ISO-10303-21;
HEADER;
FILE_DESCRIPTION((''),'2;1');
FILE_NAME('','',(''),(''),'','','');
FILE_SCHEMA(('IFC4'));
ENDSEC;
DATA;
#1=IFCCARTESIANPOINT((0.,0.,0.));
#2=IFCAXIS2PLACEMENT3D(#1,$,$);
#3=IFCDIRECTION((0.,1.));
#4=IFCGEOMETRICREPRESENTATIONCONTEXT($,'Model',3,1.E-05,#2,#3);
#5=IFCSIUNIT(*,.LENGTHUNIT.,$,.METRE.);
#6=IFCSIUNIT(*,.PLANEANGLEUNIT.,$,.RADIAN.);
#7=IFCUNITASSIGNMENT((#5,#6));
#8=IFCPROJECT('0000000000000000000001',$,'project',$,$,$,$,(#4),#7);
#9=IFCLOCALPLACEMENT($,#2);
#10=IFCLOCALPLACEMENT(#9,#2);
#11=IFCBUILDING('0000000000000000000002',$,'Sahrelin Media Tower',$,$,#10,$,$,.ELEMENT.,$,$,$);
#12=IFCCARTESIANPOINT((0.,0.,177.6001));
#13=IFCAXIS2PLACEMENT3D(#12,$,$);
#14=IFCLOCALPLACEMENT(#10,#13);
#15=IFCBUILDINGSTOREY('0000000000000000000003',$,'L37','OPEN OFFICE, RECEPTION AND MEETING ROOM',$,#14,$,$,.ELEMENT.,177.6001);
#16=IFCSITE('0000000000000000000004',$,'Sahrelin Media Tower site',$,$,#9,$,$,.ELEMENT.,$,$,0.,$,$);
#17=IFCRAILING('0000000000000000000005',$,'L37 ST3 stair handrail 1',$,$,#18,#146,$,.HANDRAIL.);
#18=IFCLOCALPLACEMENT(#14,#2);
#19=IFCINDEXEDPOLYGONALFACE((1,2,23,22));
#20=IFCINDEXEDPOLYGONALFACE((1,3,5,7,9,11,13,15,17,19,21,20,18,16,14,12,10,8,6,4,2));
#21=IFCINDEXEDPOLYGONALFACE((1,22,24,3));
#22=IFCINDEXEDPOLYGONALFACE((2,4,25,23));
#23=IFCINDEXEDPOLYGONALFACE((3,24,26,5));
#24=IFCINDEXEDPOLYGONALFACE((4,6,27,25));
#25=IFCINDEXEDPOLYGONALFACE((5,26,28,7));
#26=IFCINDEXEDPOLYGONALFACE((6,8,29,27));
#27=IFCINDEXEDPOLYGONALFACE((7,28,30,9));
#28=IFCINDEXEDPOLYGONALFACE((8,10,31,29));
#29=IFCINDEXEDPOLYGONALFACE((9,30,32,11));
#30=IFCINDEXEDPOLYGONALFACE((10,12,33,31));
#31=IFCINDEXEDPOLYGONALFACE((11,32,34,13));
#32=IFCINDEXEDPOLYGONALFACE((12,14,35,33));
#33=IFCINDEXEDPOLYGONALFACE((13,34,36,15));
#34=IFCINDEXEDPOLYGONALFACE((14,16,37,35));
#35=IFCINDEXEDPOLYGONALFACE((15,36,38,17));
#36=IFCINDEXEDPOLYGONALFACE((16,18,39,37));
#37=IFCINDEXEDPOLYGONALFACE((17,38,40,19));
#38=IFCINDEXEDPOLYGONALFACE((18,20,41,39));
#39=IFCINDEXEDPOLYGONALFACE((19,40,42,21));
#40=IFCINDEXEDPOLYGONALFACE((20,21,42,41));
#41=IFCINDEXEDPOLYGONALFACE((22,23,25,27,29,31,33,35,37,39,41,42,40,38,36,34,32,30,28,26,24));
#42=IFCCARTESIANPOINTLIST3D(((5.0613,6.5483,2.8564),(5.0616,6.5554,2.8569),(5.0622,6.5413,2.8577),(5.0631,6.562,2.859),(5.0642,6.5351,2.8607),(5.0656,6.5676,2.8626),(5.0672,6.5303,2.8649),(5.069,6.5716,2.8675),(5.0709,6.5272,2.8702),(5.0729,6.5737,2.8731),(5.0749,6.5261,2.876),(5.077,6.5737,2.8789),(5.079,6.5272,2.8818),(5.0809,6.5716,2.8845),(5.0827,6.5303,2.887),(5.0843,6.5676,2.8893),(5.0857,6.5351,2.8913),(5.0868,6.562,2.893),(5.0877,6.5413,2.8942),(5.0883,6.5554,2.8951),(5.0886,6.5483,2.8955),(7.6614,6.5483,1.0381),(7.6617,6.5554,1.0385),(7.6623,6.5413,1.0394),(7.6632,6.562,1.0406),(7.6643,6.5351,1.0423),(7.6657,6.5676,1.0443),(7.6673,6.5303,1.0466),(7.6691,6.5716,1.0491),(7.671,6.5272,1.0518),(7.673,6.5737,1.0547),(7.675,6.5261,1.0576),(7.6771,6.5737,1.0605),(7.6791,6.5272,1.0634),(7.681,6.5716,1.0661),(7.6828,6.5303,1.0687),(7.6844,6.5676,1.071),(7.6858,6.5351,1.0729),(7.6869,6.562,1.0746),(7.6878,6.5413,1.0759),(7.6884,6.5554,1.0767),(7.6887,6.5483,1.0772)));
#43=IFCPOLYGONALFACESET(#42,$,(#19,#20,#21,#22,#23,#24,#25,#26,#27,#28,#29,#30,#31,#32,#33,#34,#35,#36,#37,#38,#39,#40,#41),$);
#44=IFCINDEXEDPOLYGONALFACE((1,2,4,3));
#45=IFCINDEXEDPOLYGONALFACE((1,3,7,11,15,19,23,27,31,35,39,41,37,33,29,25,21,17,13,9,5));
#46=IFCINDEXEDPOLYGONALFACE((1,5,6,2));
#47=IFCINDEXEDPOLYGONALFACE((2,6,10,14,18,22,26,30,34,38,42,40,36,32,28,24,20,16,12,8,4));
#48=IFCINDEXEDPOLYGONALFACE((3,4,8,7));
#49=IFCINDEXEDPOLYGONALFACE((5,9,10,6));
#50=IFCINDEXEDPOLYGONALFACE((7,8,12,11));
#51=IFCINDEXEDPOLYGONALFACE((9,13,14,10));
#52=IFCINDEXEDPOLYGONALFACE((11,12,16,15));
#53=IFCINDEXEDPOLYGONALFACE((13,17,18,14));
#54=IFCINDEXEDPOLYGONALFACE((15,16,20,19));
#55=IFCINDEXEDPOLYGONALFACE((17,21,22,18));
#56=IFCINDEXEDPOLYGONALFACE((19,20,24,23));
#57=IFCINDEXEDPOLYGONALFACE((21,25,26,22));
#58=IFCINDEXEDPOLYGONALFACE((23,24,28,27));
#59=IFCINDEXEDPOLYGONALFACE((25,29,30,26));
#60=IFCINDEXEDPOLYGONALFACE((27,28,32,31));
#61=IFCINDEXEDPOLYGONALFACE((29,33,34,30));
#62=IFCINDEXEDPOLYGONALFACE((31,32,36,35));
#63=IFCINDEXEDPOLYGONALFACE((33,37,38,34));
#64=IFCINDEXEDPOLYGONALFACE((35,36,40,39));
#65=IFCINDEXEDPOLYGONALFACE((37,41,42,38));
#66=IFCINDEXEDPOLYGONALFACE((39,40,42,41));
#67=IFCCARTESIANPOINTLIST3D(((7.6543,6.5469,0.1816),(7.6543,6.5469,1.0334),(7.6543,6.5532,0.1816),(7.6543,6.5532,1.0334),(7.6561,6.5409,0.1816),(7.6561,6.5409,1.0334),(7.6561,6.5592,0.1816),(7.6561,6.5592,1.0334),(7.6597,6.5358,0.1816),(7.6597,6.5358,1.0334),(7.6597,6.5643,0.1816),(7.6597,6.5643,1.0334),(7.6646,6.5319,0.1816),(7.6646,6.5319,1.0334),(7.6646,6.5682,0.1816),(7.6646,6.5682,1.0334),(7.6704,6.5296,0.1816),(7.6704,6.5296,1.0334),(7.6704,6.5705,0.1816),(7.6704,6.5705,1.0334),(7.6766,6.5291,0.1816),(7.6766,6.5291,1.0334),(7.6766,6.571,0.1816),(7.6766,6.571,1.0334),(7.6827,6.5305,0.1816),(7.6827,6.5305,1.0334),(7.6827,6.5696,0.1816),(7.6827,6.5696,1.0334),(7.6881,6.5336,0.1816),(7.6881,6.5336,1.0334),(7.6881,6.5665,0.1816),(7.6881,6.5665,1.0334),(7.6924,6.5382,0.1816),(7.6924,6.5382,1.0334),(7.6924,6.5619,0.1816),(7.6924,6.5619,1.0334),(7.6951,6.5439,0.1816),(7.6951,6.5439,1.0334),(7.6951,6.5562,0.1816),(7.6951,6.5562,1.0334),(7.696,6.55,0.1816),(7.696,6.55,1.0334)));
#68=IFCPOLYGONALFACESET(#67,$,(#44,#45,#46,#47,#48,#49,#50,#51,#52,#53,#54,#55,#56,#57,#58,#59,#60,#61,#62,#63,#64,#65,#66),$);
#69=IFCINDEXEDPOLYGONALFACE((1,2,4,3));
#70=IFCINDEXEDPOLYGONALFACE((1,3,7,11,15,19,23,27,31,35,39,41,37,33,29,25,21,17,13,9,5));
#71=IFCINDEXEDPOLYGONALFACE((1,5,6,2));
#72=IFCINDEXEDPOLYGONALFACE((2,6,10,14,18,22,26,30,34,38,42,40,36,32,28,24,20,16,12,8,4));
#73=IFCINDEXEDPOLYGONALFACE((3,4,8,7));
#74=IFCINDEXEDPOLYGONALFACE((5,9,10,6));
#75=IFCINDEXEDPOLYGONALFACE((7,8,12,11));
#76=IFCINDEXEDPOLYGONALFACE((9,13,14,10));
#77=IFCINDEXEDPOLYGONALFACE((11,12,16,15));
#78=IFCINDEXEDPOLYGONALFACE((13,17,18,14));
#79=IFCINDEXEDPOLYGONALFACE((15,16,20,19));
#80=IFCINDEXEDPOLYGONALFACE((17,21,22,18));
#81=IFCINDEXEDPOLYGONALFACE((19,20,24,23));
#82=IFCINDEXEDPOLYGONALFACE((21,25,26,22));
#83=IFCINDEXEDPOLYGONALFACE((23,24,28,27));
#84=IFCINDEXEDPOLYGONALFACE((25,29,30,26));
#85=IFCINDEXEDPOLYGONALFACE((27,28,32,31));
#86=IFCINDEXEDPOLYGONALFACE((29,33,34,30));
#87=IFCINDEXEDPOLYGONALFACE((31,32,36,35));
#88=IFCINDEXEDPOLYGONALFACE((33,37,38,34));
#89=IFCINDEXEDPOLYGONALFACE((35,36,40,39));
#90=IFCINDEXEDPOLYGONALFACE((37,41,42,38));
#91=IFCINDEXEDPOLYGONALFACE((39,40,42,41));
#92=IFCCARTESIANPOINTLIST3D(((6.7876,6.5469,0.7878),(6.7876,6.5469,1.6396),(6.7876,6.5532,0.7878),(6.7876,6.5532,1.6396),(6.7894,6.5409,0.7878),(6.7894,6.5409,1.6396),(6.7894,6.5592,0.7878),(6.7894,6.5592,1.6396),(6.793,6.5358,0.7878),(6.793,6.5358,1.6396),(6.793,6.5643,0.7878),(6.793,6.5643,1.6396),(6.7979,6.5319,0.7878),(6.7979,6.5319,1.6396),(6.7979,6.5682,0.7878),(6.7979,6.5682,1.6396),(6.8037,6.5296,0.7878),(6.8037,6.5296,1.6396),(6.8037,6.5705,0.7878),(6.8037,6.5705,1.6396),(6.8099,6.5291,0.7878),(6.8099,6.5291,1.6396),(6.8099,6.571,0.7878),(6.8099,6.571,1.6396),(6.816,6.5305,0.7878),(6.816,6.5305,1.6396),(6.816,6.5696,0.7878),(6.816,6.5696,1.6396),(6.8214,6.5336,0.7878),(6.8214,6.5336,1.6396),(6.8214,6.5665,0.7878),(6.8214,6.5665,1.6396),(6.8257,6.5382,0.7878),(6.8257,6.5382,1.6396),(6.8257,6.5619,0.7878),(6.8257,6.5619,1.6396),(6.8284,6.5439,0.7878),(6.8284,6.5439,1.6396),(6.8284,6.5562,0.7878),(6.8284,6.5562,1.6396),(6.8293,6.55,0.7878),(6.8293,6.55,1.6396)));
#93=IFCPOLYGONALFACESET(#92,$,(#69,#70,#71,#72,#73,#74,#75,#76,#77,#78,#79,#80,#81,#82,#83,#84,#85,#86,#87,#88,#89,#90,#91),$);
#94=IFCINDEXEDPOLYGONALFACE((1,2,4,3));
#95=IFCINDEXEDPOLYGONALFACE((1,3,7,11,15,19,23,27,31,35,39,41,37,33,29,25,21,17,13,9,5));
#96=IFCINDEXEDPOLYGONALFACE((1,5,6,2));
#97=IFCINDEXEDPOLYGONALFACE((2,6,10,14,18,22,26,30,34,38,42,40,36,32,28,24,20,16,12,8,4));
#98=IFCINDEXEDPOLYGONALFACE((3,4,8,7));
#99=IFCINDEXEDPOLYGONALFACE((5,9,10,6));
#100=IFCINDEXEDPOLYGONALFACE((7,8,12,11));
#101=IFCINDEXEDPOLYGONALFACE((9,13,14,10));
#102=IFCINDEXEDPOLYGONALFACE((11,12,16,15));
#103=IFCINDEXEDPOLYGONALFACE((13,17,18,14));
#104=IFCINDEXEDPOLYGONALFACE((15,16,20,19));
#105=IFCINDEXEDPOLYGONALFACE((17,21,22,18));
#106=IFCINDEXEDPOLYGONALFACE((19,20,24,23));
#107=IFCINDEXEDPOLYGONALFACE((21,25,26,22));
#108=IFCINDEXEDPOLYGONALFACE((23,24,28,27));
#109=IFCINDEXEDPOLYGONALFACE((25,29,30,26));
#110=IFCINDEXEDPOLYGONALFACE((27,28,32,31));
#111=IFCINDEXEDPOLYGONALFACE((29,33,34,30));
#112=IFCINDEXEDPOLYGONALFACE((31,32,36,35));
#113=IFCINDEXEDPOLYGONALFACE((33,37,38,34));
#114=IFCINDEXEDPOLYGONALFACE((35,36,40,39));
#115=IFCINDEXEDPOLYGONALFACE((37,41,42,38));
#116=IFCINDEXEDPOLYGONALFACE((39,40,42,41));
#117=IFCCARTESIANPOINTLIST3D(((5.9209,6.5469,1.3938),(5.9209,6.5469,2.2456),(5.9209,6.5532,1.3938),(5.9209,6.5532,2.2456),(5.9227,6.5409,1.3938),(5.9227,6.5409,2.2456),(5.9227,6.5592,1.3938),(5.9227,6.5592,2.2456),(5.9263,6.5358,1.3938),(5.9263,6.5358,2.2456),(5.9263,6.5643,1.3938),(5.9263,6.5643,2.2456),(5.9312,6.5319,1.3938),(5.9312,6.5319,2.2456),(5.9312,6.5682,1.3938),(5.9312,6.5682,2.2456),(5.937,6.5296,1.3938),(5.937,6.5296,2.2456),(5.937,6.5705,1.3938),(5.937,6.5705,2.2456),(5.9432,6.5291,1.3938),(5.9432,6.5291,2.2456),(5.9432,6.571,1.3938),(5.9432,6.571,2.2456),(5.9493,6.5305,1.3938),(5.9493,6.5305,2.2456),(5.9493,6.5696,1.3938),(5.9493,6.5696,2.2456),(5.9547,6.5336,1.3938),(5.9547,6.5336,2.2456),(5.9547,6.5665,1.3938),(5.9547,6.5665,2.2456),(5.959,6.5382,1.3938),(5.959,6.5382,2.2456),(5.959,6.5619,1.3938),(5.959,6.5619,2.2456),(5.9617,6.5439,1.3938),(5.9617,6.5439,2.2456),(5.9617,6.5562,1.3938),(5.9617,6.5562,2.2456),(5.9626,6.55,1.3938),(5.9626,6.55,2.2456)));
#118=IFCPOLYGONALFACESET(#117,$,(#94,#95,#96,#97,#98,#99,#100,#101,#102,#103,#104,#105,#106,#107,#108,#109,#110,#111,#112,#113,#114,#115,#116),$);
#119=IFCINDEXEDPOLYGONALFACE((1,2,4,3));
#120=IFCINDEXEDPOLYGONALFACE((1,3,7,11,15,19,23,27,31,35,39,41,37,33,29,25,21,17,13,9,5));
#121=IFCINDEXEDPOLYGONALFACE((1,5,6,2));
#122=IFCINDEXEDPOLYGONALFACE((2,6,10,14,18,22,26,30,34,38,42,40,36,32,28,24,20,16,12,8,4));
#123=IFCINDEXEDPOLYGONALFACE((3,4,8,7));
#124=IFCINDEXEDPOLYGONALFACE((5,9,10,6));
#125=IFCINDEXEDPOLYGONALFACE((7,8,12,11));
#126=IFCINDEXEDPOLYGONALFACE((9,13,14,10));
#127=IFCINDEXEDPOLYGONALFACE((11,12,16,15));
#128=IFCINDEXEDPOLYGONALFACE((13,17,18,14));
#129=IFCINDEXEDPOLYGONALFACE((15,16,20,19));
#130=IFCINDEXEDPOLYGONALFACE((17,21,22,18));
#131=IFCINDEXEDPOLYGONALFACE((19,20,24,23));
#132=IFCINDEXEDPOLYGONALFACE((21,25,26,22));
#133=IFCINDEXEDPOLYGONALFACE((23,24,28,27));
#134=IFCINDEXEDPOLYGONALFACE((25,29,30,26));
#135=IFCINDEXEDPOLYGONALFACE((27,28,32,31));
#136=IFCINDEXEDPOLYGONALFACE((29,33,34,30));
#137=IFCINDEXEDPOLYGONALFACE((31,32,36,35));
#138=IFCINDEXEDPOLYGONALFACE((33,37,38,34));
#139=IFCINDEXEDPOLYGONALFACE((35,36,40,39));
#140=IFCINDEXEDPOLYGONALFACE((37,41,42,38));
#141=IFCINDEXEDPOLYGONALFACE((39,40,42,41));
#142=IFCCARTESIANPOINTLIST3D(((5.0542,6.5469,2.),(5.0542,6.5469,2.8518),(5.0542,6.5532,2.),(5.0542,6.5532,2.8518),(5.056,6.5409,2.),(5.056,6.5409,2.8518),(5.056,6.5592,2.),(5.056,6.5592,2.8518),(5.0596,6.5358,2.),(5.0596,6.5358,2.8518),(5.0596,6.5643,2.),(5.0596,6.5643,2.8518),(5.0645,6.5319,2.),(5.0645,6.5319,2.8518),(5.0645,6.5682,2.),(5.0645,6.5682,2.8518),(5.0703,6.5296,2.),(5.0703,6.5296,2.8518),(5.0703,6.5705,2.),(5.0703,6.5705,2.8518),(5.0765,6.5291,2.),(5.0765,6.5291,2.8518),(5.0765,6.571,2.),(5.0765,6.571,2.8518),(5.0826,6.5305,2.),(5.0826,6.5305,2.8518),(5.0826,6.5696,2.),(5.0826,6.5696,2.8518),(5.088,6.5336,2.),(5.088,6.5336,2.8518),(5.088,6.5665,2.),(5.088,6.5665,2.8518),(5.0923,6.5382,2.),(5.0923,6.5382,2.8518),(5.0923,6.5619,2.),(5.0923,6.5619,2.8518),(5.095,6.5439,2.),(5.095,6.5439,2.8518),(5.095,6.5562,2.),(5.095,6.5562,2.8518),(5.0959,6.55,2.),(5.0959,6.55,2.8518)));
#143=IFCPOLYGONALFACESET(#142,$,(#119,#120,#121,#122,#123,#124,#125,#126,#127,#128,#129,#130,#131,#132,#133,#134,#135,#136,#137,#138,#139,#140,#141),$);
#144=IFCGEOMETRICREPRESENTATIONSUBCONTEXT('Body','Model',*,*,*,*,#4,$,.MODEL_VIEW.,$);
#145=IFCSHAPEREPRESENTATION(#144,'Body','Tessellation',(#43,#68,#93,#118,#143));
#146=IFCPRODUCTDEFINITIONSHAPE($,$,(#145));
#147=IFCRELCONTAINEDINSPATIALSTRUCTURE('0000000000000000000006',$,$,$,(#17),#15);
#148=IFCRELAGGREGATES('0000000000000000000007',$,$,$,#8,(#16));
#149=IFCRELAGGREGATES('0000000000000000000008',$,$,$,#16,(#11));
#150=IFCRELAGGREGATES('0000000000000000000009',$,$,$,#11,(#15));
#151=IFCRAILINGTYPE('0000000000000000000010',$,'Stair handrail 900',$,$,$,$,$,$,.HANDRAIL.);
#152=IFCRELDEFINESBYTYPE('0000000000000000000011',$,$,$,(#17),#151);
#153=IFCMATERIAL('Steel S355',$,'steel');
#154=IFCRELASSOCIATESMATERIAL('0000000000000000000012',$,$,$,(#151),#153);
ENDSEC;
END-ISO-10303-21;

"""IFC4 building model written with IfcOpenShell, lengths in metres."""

from ifc_helpers import new_model, si_unit, direction, frame, origin, origin_2d, place, context, subcontext, project, spatial, circle, extrude, material, type_object, element, save


model = new_model("IFC4")

# Units and contexts
model_context = context("Model", 3, precision=1e-05, world=origin(), true_north=direction((0.0, 1.0)))
body_context = subcontext(model_context, "Body", "Model", "MODEL_VIEW")
ifc_project = project(units=[si_unit("LENGTHUNIT", "METRE"), si_unit("PLANEANGLEUNIT", "RADIAN")], contexts=[model_context])

# Site, building, storey
site_placement = place(None, origin())
site = spatial("IfcSite", under=ifc_project, at=site_placement, Name="Sahrelin Media Tower site", CompositionType="ELEMENT", RefElevation=0.0)
building_placement = place(site_placement, origin())
building = spatial("IfcBuilding", under=site, at=building_placement, Name="Sahrelin Media Tower", CompositionType="ELEMENT")
storey_placement = place(building_placement, frame((0.0, 0.0, 177.6001)))
storey = spatial("IfcBuildingStorey", under=building, at=storey_placement, Name="L37", Description="OPEN OFFICE, RECEPTION AND MEETING ROOM", CompositionType="ELEMENT", Elevation=177.6001)

# Shared definitions
ifc_material_1 = material(Name="Steel S355", Category="steel")

# Railing
railing_type_1 = type_object("IfcRailingType", Name="Stair handrail 900", PredefinedType="HANDRAIL", material=ifc_material_1)
railing_1_placement = place(storey_placement, frame((7.675, 6.55, 0.1816)))
element("IfcRailing", 1, at=railing_1_placement, inside=storey, type_object=railing_type_1, Name="L37 ST3 stair handrail 1", PredefinedType="HANDRAIL", context=body_context, shape_type="SweptSolid", body=[
    extrude(circle(Radius=0.0239, at=origin_2d()), frame((0.0, 0.0, 0.876), z_axis=(-0.819485, 0.0, 0.573101), x_axis=(0.0, -1.0, 0.0)), (0.0, 0.0, 1.0), 3.1729),
    extrude(circle(Radius=0.021, at=origin_2d()), origin(), (0.0, 0.0, 1.0), 0.8518),
    extrude(circle(Radius=0.021, at=origin_2d()), frame((-0.8667, 0.0, 0.6062)), (0.0, 0.0, 1.0), 0.8518),
    extrude(circle(Radius=0.021, at=origin_2d()), frame((-1.7334, 0.0, 1.2122)), (0.0, 0.0, 1.0), 0.8518),
    extrude(circle(Radius=0.021, at=origin_2d()), frame((-2.6001, 0.0, 1.8184)), (0.0, 0.0, 1.0), 0.8518),
])

save(model, "model.ifc")
